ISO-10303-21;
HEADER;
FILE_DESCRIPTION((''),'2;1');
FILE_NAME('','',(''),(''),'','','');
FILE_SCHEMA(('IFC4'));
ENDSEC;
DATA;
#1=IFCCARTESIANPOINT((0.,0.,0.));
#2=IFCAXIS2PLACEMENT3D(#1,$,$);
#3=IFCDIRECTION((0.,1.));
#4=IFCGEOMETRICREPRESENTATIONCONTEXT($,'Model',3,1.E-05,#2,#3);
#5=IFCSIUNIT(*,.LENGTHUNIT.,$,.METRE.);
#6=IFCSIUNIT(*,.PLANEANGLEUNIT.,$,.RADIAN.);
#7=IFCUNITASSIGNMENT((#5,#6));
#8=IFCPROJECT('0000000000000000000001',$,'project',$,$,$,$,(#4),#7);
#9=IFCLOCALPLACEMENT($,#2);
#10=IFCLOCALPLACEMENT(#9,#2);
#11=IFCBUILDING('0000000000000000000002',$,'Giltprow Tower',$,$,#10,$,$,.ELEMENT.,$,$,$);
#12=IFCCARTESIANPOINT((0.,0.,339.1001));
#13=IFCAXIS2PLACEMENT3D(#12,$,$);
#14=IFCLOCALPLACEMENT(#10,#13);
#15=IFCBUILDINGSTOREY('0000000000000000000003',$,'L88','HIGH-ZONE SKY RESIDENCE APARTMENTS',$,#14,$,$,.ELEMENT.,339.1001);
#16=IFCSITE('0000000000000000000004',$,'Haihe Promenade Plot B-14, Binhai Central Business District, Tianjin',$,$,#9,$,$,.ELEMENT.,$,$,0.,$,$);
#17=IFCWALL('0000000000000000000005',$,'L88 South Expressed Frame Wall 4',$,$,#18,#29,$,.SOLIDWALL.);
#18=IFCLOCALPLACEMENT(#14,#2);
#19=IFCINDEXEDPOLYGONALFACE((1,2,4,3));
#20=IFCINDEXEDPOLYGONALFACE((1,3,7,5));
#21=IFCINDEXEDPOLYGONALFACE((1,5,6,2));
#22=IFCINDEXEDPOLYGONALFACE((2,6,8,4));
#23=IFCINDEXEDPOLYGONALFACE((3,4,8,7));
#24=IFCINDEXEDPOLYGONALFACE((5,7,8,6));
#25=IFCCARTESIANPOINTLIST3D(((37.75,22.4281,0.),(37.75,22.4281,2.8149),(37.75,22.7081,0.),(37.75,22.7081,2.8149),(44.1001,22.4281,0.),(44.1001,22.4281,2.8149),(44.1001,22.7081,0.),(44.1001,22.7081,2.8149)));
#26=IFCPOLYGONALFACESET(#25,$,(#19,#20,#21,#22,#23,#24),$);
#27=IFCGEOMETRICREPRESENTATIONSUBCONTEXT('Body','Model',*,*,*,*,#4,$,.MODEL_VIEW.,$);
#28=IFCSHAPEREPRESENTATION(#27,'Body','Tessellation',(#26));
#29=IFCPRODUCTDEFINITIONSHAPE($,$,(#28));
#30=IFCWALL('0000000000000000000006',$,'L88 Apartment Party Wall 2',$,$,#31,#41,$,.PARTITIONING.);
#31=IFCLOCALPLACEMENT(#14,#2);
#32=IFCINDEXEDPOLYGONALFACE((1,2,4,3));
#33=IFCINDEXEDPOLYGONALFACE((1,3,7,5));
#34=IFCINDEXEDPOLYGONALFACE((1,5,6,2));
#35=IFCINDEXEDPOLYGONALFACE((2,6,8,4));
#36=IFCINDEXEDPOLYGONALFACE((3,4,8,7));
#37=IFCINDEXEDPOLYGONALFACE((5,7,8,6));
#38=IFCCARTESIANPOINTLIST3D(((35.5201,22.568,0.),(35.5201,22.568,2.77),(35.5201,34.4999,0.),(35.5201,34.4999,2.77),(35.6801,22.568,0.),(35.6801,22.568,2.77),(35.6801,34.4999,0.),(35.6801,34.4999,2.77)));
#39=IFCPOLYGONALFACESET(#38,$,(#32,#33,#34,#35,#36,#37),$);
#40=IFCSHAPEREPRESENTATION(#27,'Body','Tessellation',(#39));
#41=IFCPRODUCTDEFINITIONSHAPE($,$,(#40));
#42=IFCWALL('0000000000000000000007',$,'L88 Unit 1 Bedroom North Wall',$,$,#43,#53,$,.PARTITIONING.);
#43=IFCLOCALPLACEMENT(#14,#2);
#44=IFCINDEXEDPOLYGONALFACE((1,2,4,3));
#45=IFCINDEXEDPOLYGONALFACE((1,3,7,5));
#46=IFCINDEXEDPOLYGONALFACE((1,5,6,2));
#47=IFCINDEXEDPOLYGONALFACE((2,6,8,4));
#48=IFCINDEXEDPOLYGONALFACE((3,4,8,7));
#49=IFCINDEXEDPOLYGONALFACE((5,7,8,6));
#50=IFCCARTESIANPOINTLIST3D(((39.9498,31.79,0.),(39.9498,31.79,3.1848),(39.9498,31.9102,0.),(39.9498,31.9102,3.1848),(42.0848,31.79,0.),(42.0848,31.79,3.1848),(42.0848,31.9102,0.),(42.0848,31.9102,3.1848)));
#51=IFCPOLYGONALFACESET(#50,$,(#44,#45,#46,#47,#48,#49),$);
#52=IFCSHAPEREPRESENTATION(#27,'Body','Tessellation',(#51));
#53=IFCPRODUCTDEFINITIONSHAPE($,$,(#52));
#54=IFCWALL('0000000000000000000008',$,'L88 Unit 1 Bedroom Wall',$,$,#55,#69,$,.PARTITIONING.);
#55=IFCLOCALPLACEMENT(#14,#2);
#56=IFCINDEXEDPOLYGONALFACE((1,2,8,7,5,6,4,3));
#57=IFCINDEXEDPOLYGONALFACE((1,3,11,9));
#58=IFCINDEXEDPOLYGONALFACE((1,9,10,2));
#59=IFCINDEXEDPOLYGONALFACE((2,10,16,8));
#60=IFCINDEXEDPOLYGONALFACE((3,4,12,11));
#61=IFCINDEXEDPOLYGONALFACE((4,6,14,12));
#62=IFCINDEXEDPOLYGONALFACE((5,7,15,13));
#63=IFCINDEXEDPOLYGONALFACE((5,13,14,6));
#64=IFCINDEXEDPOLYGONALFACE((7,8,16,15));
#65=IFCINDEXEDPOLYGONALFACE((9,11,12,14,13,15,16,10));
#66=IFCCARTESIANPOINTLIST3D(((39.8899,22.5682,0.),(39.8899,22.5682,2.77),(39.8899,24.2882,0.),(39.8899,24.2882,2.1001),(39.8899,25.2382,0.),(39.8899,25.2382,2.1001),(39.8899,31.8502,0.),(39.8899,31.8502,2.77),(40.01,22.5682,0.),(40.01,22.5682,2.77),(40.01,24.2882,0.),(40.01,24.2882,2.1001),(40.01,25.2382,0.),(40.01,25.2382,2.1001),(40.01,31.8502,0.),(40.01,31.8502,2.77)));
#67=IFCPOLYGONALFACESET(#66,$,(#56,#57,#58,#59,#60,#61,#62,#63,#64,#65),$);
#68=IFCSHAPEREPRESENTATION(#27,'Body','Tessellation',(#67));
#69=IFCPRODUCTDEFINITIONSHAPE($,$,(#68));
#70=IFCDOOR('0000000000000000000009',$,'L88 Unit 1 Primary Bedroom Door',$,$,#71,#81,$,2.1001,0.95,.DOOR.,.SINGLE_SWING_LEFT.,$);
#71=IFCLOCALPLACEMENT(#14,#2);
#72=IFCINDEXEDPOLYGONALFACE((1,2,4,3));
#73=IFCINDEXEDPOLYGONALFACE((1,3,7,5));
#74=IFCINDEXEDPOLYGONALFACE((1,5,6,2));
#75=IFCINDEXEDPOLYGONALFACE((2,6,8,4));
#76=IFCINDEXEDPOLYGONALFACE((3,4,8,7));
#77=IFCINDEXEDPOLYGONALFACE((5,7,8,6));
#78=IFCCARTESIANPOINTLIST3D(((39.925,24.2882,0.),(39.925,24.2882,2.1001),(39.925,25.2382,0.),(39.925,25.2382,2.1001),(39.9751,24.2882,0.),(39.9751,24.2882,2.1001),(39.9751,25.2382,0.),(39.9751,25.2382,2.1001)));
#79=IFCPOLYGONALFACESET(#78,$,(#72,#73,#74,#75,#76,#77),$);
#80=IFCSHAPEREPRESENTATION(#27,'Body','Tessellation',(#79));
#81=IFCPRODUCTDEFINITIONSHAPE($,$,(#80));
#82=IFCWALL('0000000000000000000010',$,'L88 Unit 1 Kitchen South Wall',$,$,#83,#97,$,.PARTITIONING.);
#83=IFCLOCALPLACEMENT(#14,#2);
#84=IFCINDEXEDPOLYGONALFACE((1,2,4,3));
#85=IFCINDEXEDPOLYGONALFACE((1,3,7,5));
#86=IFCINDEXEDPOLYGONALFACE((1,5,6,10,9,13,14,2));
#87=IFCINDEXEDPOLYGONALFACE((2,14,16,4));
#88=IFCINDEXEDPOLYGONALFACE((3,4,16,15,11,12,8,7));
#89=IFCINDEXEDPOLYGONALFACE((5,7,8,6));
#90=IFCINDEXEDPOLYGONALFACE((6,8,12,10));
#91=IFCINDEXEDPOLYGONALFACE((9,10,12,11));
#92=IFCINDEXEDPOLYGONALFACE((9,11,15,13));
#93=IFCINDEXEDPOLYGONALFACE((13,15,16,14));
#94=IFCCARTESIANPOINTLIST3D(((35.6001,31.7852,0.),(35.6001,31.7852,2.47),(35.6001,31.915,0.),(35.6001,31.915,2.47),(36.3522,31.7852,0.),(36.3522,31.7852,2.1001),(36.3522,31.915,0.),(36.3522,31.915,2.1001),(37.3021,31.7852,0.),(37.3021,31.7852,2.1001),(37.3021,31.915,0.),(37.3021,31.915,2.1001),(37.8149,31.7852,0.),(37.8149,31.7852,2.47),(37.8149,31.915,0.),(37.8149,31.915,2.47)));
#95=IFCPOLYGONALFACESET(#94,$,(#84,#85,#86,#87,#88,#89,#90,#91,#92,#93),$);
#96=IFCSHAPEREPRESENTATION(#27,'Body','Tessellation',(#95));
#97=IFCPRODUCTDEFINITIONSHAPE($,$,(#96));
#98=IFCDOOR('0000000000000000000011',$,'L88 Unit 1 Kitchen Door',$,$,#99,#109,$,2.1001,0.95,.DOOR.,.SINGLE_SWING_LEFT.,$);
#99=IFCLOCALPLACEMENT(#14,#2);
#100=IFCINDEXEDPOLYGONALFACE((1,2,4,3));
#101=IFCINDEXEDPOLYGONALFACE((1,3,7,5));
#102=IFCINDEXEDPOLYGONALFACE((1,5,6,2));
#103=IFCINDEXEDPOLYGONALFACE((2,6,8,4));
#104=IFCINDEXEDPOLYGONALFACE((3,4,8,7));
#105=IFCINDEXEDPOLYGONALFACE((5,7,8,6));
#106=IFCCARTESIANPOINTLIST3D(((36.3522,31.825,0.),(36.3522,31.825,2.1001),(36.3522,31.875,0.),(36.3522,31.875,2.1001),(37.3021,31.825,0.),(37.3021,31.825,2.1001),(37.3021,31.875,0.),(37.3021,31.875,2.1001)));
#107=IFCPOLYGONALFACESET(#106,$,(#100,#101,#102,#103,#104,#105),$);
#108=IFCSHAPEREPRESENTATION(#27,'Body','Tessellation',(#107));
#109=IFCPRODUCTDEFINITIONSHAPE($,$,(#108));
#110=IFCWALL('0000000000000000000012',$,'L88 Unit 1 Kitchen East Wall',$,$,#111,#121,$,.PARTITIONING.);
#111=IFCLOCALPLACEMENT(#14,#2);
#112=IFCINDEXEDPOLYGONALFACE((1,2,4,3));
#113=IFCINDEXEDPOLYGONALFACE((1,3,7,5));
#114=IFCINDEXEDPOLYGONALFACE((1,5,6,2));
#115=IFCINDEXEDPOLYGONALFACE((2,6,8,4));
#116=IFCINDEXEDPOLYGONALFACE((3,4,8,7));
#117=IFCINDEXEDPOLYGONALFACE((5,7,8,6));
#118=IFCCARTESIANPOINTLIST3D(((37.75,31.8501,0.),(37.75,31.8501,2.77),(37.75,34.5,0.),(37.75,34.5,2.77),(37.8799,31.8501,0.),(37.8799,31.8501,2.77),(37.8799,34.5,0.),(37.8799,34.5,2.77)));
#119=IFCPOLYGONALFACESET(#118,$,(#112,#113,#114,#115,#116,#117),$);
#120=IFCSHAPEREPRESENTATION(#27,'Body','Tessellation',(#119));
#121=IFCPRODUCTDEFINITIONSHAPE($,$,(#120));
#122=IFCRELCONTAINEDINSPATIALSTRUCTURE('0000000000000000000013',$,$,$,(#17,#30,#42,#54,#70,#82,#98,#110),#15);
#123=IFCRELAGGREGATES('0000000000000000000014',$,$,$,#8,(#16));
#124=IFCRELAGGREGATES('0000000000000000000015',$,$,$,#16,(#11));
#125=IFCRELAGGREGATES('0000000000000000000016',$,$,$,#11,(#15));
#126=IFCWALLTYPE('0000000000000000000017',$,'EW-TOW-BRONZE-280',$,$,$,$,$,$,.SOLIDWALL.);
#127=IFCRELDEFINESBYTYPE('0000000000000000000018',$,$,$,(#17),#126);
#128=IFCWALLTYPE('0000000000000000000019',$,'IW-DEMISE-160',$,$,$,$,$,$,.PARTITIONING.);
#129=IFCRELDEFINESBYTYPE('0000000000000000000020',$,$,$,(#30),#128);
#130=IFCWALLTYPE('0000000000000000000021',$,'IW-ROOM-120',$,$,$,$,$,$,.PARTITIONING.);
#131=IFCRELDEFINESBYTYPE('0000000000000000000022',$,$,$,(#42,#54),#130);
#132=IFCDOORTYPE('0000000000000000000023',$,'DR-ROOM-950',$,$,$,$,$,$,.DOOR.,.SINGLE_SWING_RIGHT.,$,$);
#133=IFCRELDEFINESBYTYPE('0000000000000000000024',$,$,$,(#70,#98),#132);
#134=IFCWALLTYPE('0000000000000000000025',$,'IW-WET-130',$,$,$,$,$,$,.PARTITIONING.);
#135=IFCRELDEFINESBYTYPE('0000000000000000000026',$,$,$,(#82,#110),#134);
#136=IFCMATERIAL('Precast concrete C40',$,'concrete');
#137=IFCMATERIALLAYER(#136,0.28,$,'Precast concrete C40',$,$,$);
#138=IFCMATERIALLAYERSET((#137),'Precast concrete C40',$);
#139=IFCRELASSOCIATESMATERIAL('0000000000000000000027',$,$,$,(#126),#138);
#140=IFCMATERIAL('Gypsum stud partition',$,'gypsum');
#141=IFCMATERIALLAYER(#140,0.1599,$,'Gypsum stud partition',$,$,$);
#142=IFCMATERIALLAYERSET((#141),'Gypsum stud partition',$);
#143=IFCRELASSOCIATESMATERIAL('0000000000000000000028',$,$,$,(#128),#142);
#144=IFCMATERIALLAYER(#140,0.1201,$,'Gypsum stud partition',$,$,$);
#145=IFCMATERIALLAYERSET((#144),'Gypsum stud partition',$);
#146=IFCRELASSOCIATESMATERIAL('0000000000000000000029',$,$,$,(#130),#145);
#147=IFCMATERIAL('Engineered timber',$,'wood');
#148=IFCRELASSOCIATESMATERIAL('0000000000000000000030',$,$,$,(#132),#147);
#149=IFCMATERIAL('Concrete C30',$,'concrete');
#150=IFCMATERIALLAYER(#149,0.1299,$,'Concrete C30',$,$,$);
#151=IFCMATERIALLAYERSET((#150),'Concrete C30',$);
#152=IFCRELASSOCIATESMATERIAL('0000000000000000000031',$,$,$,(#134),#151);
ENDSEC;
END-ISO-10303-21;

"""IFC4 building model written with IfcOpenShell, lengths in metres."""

from ifc_helpers import new_model, si_unit, direction, frame, frame_2d, origin, place, context, subcontext, project, spatial, rectangle, extrude, source, transform, mapped, material, layer, layer_set, type_object, element, fill, save


model = new_model("IFC4")

# Units and contexts
model_context = context("Model", 3, precision=1e-05, world=origin(), true_north=direction((0.0, 1.0)))
body_context = subcontext(model_context, "Body", "Model", "MODEL_VIEW")
ifc_project = project(units=[si_unit("LENGTHUNIT", "METRE"), si_unit("PLANEANGLEUNIT", "RADIAN")], contexts=[model_context])

# Site, building, storey
site_placement = place(None, origin())
site = spatial("IfcSite", under=ifc_project, at=site_placement, Name="Haihe Promenade Plot B-14, Binhai Central Business District, Tianjin", CompositionType="ELEMENT", RefElevation=0.0)
building_placement = place(site_placement, origin())
building = spatial("IfcBuilding", under=site, at=building_placement, Name="Giltprow Tower", CompositionType="ELEMENT")
storey_placement = place(building_placement, frame((0.0, 0.0, 339.1001)))
storey = spatial("IfcBuildingStorey", under=building, at=storey_placement, Name="L88", Description="HIGH-ZONE SKY RESIDENCE APARTMENTS", CompositionType="ELEMENT", Elevation=339.1001)

# Walls
ifc_material_1 = material(Name="Precast concrete C40", Category="concrete")
ifc_layer_1 = layer(ifc_material_1, 0.28, Name="Precast concrete C40")
ifc_layer_set_1 = layer_set([ifc_layer_1], Name="Precast concrete C40")
wall_type_1 = type_object("IfcWallType", Name="EW-TOW-BRONZE-280", PredefinedType="SOLIDWALL", material=ifc_layer_set_1)
wall_1_placement = place(storey_placement, frame((37.75, 22.5681, 0.0), z_axis=(0.0, 0.0, 1.0), x_axis=(1.0, 0.0, 0.0)))
element("IfcWall", 1, at=wall_1_placement, inside=storey, type_object=wall_type_1, Name="L88 South Expressed Frame Wall 4", PredefinedType="SOLIDWALL", context=body_context, shape_type="SweptSolid", body=[
    extrude(rectangle(XDim=6.3501, YDim=0.28, at=frame_2d((3.175, 0.0))), origin(), (0.0, 0.0, 1.0), 2.8149),
])
ifc_material_2 = material(Name="Gypsum stud partition", Category="gypsum")
ifc_layer_2 = layer(ifc_material_2, 0.1599, Name="Gypsum stud partition")
ifc_layer_set_2 = layer_set([ifc_layer_2], Name="Gypsum stud partition")
wall_type_2 = type_object("IfcWallType", Name="IW-DEMISE-160", PredefinedType="PARTITIONING", material=ifc_layer_set_2)
wall_2_placement = place(storey_placement, frame((35.6001, 22.5681, 0.0), z_axis=(0.0, 0.0, 1.0), x_axis=(0.0, 1.0, 0.0)))
element("IfcWall", 2, at=wall_2_placement, inside=storey, type_object=wall_type_2, Name="L88 Apartment Party Wall 2", PredefinedType="PARTITIONING", context=body_context, shape_type="SweptSolid", body=[
    extrude(rectangle(XDim=11.9319, YDim=0.1599, at=frame_2d((5.9658, 0.0))), origin(), (0.0, 0.0, 1.0), 2.77),
])
ifc_layer_3 = layer(ifc_material_2, 0.1201, Name="Gypsum stud partition")
ifc_layer_set_3 = layer_set([ifc_layer_3], Name="Gypsum stud partition")
wall_type_3 = type_object("IfcWallType", Name="IW-ROOM-120", PredefinedType="PARTITIONING", material=ifc_layer_set_3)
wall_3_placement = place(storey_placement, frame((39.95, 31.8501, 0.0), z_axis=(0.0, 0.0, 1.0), x_axis=(1.0, 0.0, 0.0)))
element("IfcWall", 3, at=wall_3_placement, inside=storey, type_object=wall_type_3, Name="L88 Unit 1 Bedroom North Wall", PredefinedType="PARTITIONING", context=body_context, shape_type="SweptSolid", body=[
    extrude(rectangle(XDim=2.135, YDim=0.1201, at=frame_2d((1.0674, 0.0))), origin(), (0.0, 0.0, 1.0), 3.1848),
])

# Walls, openings, doors
wall_4_placement = place(storey_placement, frame((39.95, 22.5681, 0.0), z_axis=(0.0, 0.0, 1.0), x_axis=(0.0, 1.0, 0.0)))
wall_4 = element("IfcWall", 4, at=wall_4_placement, inside=storey, type_object=wall_type_3, Name="L88 Unit 1 Bedroom Wall", PredefinedType="PARTITIONING", context=body_context, shape_type="SweptSolid", body=[
    extrude(rectangle(XDim=9.282, YDim=0.1201, at=frame_2d((4.6411, 0.0))), origin(), (0.0, 0.0, 1.0), 2.77),
])
opening_1_placement = place(wall_4_placement, frame((1.72, 0.0, 0.0)))
opening_1 = element("IfcOpeningElement", 5, at=opening_1_placement, cuts=wall_4, PredefinedType="OPENING", context=body_context, shape_type="SweptSolid", body=[
    extrude(rectangle(XDim=0.95, YDim=2.1001, at=frame_2d((0.4751, 1.05))), frame((0.0, 0.0701, 0.0), z_axis=(0.0, -1.0, 0.0), x_axis=(1.0, 0.0, 0.0)), (0.0, 0.0, 1.0), 0.1401),
])
ifc_material_3 = material(Name="Engineered timber", Category="wood")
door_type = type_object("IfcDoorType", Name="DR-ROOM-950", OperationType="SINGLE_SWING_RIGHT", PredefinedType="DOOR", material=ifc_material_3)
shared_shape_1 = source(origin(), body_context, "Body", "SweptSolid", [
    extrude(rectangle(XDim=0.95, YDim=2.1001, at=frame_2d((0.4751, 1.05))), frame((0.0, 0.0249, 0.0), z_axis=(0.0, -1.0, 0.0), x_axis=(1.0, 0.0, 0.0)), (0.0, 0.0, 1.0), 0.05),
])
door_1_placement = place(opening_1_placement, origin())
door_1 = element("IfcDoor", 6, at=door_1_placement, inside=storey, type_object=door_type, Name="L88 Unit 1 Primary Bedroom Door", OperationType="SINGLE_SWING_LEFT", OverallHeight=2.1001, OverallWidth=0.95, PredefinedType="DOOR", context=body_context, shape_type="MappedRepresentation", body=[
    mapped(shared_shape_1, transform((0.0, 0.0, 0.0), x_axis=(1.0, 0.0, 0.0), y_axis=(0.0, 1.0, 0.0), z_axis=(0.0, 0.0, 1.0), scale=1.0)),
])
fill(opening_1, door_1)
ifc_material_4 = material(Name="Concrete C30", Category="concrete")
ifc_layer_4 = layer(ifc_material_4, 0.1299, Name="Concrete C30")
ifc_layer_set_4 = layer_set([ifc_layer_4], Name="Concrete C30")
wall_type_4 = type_object("IfcWallType", Name="IW-WET-130", PredefinedType="PARTITIONING", material=ifc_layer_set_4)
wall_5_placement = place(storey_placement, frame((35.6001, 31.8501, 0.0), z_axis=(0.0, 0.0, 1.0), x_axis=(1.0, 0.0, 0.0)))
wall_5 = element("IfcWall", 7, at=wall_5_placement, inside=storey, type_object=wall_type_4, Name="L88 Unit 1 Kitchen South Wall", PredefinedType="PARTITIONING", context=body_context, shape_type="SweptSolid", body=[
    extrude(rectangle(XDim=2.2148, YDim=0.1299, at=frame_2d((1.1074, 0.0))), origin(), (0.0, 0.0, 1.0), 2.47),
])
opening_2_placement = place(wall_5_placement, frame((0.752, 0.0, 0.0)))
opening_2 = element("IfcOpeningElement", 8, at=opening_2_placement, cuts=wall_5, PredefinedType="OPENING", context=body_context, shape_type="SweptSolid", body=[
    extrude(rectangle(XDim=0.95, YDim=2.1001, at=frame_2d((0.4751, 1.05))), frame((0.0, 0.075, 0.0), z_axis=(0.0, -1.0, 0.0), x_axis=(1.0, 0.0, 0.0)), (0.0, 0.0, 1.0), 0.1499),
])
door_2_placement = place(opening_2_placement, origin())
door_2 = element("IfcDoor", 9, at=door_2_placement, inside=storey, type_object=door_type, Name="L88 Unit 1 Kitchen Door", OperationType="SINGLE_SWING_LEFT", OverallHeight=2.1001, OverallWidth=0.95, PredefinedType="DOOR", context=body_context, shape_type="MappedRepresentation", body=[
    mapped(shared_shape_1, transform((0.0, 0.0, 0.0), x_axis=(1.0, 0.0, 0.0), y_axis=(0.0, 1.0, 0.0), z_axis=(0.0, 0.0, 1.0), scale=1.0)),
])
fill(opening_2, door_2)

# Wall
wall_6_placement = place(storey_placement, frame((37.8149, 31.8501, 0.0), z_axis=(0.0, 0.0, 1.0), x_axis=(0.0, 1.0, 0.0)))
element("IfcWall", 10, at=wall_6_placement, inside=storey, type_object=wall_type_4, Name="L88 Unit 1 Kitchen East Wall", PredefinedType="PARTITIONING", context=body_context, shape_type="SweptSolid", body=[
    extrude(rectangle(XDim=2.6499, YDim=0.1299, at=frame_2d((1.325, 0.0))), origin(), (0.0, 0.0, 1.0), 2.77),
])

save(model, "model.ifc")
